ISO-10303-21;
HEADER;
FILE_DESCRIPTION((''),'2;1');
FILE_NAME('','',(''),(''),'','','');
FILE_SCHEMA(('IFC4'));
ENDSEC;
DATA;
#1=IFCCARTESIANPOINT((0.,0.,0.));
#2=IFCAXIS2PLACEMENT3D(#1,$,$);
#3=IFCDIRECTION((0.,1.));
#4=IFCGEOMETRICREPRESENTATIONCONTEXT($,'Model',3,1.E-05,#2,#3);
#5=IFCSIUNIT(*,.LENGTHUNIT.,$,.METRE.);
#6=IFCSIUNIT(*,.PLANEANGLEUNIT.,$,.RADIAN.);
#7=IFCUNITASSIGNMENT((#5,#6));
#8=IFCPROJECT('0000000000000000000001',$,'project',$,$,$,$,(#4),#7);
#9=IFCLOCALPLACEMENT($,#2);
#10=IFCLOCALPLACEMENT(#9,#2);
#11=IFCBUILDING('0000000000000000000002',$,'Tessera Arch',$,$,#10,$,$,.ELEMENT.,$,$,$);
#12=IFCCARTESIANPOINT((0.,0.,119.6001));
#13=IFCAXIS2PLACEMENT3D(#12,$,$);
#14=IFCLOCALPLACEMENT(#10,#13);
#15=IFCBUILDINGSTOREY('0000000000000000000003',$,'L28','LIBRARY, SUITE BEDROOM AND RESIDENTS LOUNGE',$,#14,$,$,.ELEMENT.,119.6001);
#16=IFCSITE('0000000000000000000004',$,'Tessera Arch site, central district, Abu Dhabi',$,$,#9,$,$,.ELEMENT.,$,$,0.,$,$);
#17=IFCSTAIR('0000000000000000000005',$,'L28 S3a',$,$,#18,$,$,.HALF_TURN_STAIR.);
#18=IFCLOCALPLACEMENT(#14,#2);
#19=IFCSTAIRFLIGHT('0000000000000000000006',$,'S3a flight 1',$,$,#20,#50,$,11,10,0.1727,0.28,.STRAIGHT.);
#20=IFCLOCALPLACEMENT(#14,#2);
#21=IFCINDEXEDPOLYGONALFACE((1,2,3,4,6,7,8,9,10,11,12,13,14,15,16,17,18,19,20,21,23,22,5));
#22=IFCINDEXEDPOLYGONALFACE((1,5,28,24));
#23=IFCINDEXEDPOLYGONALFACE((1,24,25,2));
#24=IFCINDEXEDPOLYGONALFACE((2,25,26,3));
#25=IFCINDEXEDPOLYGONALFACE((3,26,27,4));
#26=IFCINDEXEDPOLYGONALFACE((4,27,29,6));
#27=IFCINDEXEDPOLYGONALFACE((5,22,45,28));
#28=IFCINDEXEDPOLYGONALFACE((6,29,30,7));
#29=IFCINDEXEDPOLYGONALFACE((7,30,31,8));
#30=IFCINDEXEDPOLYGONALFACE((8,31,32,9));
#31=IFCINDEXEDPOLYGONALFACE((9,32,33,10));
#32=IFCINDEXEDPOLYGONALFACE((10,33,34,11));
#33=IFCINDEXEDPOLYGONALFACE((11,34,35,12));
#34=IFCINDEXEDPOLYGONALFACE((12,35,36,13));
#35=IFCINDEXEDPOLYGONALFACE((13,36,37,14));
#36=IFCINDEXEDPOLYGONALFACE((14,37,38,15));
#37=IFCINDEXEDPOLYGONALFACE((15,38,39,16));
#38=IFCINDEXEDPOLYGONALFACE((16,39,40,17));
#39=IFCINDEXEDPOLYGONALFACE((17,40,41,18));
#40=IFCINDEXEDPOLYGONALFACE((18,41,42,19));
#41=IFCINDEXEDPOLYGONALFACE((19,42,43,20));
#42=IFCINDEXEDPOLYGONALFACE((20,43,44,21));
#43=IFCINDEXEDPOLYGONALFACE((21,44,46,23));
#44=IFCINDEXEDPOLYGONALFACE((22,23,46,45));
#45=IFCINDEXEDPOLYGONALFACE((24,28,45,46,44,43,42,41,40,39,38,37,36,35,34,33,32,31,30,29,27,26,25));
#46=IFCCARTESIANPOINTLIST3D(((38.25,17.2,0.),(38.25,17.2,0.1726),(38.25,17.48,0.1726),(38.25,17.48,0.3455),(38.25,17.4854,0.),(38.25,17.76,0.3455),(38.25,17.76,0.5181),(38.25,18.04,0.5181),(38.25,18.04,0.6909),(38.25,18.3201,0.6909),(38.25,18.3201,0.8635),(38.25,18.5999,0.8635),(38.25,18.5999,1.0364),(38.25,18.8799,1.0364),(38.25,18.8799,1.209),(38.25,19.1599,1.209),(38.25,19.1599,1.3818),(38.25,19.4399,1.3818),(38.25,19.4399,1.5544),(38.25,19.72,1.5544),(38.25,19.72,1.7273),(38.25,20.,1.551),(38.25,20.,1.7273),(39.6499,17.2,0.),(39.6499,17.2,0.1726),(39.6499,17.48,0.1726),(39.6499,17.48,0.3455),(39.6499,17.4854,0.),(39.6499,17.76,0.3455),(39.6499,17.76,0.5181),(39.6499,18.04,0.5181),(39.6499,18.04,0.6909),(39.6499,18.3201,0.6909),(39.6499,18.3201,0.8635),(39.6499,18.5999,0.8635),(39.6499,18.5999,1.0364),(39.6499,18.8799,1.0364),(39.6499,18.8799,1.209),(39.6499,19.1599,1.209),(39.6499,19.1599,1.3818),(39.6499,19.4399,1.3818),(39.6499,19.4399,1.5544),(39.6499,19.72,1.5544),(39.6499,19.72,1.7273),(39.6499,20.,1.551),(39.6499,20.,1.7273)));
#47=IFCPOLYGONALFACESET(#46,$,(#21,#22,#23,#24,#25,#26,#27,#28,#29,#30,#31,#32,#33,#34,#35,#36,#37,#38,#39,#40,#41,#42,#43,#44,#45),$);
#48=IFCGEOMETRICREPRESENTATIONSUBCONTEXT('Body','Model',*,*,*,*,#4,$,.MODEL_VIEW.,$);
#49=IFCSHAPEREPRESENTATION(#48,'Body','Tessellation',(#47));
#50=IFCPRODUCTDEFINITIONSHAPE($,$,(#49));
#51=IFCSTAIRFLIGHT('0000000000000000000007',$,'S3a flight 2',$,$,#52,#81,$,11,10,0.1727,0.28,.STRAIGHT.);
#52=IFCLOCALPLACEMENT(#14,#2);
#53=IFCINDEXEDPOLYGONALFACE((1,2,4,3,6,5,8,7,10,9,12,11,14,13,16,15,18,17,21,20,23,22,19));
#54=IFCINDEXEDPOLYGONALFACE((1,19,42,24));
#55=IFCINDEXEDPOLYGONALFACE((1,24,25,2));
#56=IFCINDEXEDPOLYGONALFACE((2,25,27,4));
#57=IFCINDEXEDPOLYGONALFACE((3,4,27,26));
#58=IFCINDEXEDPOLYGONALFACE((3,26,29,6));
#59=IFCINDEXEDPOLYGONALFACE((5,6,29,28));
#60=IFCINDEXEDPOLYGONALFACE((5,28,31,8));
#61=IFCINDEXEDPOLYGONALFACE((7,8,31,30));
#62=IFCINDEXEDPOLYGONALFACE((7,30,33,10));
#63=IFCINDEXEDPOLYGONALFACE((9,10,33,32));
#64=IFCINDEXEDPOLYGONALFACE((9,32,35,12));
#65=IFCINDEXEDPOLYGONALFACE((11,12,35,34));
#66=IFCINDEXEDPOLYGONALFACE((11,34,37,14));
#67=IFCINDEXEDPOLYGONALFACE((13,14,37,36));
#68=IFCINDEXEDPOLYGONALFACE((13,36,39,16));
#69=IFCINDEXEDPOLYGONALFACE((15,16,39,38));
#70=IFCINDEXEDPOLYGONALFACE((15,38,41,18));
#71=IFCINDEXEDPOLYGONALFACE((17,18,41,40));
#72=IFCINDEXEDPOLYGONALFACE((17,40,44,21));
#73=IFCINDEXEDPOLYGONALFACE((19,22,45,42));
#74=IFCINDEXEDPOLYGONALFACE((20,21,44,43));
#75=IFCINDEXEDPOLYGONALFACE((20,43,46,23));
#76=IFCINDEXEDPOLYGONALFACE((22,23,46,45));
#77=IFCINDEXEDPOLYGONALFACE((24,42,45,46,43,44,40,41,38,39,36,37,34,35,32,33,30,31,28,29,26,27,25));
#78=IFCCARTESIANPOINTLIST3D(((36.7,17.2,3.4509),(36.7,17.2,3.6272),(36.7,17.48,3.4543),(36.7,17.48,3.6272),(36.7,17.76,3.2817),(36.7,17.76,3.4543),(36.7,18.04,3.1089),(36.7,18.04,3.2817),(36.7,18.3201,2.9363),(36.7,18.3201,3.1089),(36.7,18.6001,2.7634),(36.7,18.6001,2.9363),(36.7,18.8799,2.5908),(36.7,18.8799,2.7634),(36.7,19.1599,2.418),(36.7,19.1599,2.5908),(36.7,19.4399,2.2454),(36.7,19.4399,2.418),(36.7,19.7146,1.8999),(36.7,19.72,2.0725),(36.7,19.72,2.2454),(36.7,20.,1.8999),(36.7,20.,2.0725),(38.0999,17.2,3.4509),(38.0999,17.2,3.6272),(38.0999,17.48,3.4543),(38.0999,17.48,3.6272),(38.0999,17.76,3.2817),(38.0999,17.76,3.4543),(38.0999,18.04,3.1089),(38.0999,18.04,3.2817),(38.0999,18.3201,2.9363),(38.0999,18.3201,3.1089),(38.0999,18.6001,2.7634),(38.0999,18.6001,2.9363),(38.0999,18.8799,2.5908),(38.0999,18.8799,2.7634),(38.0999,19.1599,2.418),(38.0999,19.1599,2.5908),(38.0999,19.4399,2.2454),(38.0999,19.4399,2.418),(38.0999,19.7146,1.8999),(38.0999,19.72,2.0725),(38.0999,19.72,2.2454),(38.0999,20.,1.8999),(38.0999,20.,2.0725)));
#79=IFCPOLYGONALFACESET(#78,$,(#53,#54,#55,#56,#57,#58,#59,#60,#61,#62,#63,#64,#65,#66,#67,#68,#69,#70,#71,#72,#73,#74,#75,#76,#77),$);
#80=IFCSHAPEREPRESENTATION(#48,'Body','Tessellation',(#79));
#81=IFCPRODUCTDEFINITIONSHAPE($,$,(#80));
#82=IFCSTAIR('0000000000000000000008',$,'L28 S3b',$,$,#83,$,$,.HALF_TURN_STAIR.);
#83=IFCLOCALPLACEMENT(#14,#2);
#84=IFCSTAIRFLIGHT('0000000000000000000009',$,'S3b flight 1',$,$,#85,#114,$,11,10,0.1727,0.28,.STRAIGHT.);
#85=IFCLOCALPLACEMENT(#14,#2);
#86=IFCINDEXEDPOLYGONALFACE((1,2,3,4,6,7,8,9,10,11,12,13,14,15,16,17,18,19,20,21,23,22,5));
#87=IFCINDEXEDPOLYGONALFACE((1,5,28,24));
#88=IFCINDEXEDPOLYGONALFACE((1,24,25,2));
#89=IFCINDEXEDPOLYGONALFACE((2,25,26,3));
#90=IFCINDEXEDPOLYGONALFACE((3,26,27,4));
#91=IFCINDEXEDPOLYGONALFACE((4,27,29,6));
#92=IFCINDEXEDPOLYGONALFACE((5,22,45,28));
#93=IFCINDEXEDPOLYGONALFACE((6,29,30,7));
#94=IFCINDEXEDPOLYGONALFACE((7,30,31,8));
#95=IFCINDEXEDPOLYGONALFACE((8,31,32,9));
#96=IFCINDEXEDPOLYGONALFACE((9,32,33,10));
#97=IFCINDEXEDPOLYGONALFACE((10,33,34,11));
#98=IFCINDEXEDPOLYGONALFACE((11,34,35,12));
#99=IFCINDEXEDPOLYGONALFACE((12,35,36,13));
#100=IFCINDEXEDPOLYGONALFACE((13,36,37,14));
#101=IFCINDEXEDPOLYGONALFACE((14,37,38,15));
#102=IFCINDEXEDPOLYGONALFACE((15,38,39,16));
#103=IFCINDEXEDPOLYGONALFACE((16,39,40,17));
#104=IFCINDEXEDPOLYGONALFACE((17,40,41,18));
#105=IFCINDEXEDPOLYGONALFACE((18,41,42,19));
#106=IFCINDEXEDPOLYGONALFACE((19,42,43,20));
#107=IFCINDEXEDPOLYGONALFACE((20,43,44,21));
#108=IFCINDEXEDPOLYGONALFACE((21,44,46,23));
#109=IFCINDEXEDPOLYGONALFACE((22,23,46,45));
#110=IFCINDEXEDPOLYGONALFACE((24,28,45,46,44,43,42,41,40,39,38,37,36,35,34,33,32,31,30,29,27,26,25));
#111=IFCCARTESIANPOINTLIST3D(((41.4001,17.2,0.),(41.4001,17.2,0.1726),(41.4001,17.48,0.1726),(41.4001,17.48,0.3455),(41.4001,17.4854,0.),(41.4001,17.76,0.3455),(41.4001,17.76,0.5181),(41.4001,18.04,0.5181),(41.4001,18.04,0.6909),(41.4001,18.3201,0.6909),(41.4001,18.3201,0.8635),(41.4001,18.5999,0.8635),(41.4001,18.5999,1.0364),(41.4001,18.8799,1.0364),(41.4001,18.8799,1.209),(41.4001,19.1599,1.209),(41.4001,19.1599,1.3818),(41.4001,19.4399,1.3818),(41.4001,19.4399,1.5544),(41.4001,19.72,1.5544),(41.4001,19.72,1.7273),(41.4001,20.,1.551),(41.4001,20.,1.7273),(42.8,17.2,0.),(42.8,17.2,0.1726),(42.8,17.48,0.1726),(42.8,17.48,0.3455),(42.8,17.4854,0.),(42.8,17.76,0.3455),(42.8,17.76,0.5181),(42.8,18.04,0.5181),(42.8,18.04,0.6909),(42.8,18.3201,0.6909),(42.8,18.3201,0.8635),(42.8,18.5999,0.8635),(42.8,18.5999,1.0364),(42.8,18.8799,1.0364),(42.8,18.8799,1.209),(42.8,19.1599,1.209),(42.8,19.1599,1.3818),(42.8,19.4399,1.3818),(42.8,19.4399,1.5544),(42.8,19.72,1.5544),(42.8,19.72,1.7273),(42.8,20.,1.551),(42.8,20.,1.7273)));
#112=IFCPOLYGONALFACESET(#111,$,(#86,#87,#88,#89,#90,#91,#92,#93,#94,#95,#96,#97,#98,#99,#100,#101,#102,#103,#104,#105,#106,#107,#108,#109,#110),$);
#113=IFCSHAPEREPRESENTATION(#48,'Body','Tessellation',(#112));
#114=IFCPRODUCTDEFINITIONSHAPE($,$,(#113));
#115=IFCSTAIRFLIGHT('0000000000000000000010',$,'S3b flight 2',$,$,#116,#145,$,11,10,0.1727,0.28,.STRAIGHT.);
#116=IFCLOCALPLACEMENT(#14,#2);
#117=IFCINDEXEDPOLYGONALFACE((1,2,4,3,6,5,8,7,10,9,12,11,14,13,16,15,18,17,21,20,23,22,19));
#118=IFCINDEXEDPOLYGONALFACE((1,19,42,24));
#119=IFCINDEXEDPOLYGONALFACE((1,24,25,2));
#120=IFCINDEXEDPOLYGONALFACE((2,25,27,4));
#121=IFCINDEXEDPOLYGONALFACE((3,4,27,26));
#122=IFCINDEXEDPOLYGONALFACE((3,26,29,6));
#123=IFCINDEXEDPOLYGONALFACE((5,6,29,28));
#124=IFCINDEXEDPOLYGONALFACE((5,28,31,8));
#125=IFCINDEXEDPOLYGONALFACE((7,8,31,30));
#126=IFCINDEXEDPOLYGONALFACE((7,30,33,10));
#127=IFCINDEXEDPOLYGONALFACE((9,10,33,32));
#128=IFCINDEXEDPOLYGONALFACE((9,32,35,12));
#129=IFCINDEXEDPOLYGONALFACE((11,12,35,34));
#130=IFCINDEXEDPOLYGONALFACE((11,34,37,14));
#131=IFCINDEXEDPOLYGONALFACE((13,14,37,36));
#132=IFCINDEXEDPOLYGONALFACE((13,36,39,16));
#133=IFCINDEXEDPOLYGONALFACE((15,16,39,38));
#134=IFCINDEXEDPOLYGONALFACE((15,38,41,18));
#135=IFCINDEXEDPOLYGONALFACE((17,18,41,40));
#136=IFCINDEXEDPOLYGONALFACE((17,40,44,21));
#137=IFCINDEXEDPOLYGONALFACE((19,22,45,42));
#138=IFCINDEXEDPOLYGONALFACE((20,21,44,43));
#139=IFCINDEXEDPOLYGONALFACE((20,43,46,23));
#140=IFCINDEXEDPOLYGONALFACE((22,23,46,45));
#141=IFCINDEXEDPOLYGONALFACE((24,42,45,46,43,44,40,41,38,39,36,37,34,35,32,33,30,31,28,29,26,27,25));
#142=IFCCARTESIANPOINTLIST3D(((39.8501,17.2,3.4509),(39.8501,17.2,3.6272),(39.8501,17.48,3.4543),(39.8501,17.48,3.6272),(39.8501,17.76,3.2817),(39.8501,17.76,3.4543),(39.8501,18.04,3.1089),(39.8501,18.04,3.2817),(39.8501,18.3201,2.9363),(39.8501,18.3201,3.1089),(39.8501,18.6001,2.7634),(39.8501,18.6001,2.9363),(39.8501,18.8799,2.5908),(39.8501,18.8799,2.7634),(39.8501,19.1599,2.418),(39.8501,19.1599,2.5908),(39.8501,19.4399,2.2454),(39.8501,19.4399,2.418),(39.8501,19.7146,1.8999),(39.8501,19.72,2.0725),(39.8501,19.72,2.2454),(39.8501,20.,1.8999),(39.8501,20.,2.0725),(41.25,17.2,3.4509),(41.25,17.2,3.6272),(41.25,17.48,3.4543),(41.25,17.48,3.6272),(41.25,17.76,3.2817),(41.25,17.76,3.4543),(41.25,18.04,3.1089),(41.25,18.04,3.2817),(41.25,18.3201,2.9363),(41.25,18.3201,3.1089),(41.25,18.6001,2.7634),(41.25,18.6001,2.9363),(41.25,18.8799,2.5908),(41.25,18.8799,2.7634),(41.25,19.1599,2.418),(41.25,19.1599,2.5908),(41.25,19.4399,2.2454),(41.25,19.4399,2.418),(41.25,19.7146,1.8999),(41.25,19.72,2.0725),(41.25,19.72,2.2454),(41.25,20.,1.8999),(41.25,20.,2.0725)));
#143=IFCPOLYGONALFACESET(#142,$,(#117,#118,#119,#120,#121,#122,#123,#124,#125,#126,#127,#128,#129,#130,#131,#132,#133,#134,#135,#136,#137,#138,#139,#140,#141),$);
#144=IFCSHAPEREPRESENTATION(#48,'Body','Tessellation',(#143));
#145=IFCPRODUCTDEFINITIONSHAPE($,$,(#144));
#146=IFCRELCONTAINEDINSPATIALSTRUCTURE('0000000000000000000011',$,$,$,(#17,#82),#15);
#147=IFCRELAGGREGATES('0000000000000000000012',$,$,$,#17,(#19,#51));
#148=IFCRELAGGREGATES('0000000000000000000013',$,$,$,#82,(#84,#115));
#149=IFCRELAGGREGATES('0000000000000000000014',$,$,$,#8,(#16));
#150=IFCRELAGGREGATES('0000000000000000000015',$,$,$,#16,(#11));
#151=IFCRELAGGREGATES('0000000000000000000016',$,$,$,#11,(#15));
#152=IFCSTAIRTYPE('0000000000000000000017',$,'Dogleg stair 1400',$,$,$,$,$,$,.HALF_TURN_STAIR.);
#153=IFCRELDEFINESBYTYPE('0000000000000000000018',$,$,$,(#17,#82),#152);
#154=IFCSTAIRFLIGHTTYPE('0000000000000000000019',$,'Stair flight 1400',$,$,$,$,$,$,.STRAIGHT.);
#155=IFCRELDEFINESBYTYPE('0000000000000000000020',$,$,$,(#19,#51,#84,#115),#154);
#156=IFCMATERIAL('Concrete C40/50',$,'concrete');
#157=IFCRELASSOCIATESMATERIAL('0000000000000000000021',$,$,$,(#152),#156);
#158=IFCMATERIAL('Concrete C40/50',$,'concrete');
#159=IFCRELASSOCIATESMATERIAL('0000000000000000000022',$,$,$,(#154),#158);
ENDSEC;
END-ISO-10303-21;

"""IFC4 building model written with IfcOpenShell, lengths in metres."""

from ifc_helpers import new_model, si_unit, direction, frame, origin, place, context, subcontext, project, spatial, polyline, outline, extrude, material, type_object, element, aggregate, save


model = new_model("IFC4")

# Units and contexts
model_context = context("Model", 3, precision=1e-05, world=origin(), true_north=direction((0.0, 1.0)))
body_context = subcontext(model_context, "Body", "Model", "MODEL_VIEW")
ifc_project = project(units=[si_unit("LENGTHUNIT", "METRE"), si_unit("PLANEANGLEUNIT", "RADIAN")], contexts=[model_context])

# Site, building, storey
site_placement = place(None, origin())
site = spatial("IfcSite", under=ifc_project, at=site_placement, Name="Tessera Arch site, central district, Abu Dhabi", CompositionType="ELEMENT", RefElevation=0.0)
building_placement = place(site_placement, origin())
building = spatial("IfcBuilding", under=site, at=building_placement, Name="Tessera Arch", CompositionType="ELEMENT")
storey_placement = place(building_placement, frame((0.0, 0.0, 119.6001)))
storey = spatial("IfcBuildingStorey", under=building, at=storey_placement, Name="L28", Description="LIBRARY, SUITE BEDROOM AND RESIDENTS LOUNGE", CompositionType="ELEMENT", Elevation=119.6001)

# Stairs, stair flights
ifc_material_1 = material(Name="Concrete C40/50", Category="concrete")
stair_type = type_object("IfcStairType", Name="Dogleg stair 1400", PredefinedType="HALF_TURN_STAIR", material=ifc_material_1)
stair_1_placement = place(storey_placement, origin())
stair_1 = element("IfcStair", 1, at=stair_1_placement, inside=storey, type_object=stair_type, Name="L28 S3a", PredefinedType="HALF_TURN_STAIR")
ifc_material_2 = material(Name="Concrete C40/50", Category="concrete")
stair_flight_type = type_object("IfcStairFlightType", Name="Stair flight 1400", PredefinedType="STRAIGHT", material=ifc_material_2)
stair_flight_1_placement = place(storey_placement, frame((38.95, 17.2, 0.0), z_axis=(0.0, 0.0, 1.0), x_axis=(0.0, 1.0, 0.0)))
stair_flight_1 = element("IfcStairFlight", 2, at=stair_flight_1_placement, type_object=stair_flight_type, Name="S3a flight 1", NumberOfRisers=11, NumberOfTreads=10, PredefinedType="STRAIGHT", RiserHeight=0.1727, TreadLength=0.28, context=body_context, shape_type="SweptSolid", body=[
    extrude(outline(polyline([(0.0, 0.0), (0.0, 0.1726), (0.28, 0.1726), (0.28, 0.3455), (0.5601, 0.3455), (0.5601, 0.5181), (0.8401, 0.5181), (0.8401, 0.6909), (1.1201, 0.6909), (1.1201, 0.8635), (1.3999, 0.8635), (1.3999, 1.0364), (1.6799, 1.0364), (1.6799, 1.209), (1.96, 1.209), (1.96, 1.3818), (2.24, 1.3818), (2.24, 1.5544), (2.52, 1.5544), (2.52, 1.7273), (2.8, 1.7273), (2.8, 1.8999), (2.8, 1.551), (0.2854, 0.0), (0.0, 0.0)])), frame((0.0, 0.7, 0.0), z_axis=(0.0, -1.0, 0.0), x_axis=(1.0, 0.0, 0.0)), (0.0, 0.0, 1.0), 1.3999),
])
stair_flight_2_placement = place(storey_placement, frame((37.3999, 20.0, 1.8999), z_axis=(0.0, 0.0, 1.0), x_axis=(0.0, -1.0, 0.0)))
stair_flight_2 = element("IfcStairFlight", 3, at=stair_flight_2_placement, type_object=stair_flight_type, Name="S3a flight 2", NumberOfRisers=11, NumberOfTreads=10, PredefinedType="STRAIGHT", RiserHeight=0.1727, TreadLength=0.28, context=body_context, shape_type="SweptSolid", body=[
    extrude(outline(polyline([(0.0, 0.0), (0.0, 0.1726), (0.28, 0.1726), (0.28, 0.3455), (0.5601, 0.3455), (0.5601, 0.5181), (0.8401, 0.5181), (0.8401, 0.6909), (1.1201, 0.6909), (1.1201, 0.8635), (1.3999, 0.8635), (1.3999, 1.0364), (1.6799, 1.0364), (1.6799, 1.209), (1.96, 1.209), (1.96, 1.3818), (2.24, 1.3818), (2.24, 1.5544), (2.52, 1.5544), (2.52, 1.7273), (2.8, 1.7273), (2.8, 1.8999), (2.8, 1.551), (0.2854, 0.0), (0.0, 0.0)])), frame((0.0, 0.7, 0.0), z_axis=(0.0, -1.0, 0.0), x_axis=(1.0, 0.0, 0.0)), (0.0, 0.0, 1.0), 1.3999),
])
aggregate(stair_1, [stair_flight_1, stair_flight_2])
stair_2_placement = place(storey_placement, origin())
stair_2 = element("IfcStair", 4, at=stair_2_placement, inside=storey, type_object=stair_type, Name="L28 S3b", PredefinedType="HALF_TURN_STAIR")
stair_flight_3_placement = place(storey_placement, frame((42.1001, 17.2, 0.0), z_axis=(0.0, 0.0, 1.0), x_axis=(0.0, 1.0, 0.0)))
stair_flight_3 = element("IfcStairFlight", 5, at=stair_flight_3_placement, type_object=stair_flight_type, Name="S3b flight 1", NumberOfRisers=11, NumberOfTreads=10, PredefinedType="STRAIGHT", RiserHeight=0.1727, TreadLength=0.28, context=body_context, shape_type="SweptSolid", body=[
    extrude(outline(polyline([(0.0, 0.0), (0.0, 0.1726), (0.28, 0.1726), (0.28, 0.3455), (0.5601, 0.3455), (0.5601, 0.5181), (0.8401, 0.5181), (0.8401, 0.6909), (1.1201, 0.6909), (1.1201, 0.8635), (1.3999, 0.8635), (1.3999, 1.0364), (1.6799, 1.0364), (1.6799, 1.209), (1.96, 1.209), (1.96, 1.3818), (2.24, 1.3818), (2.24, 1.5544), (2.52, 1.5544), (2.52, 1.7273), (2.8, 1.7273), (2.8, 1.8999), (2.8, 1.551), (0.2854, 0.0), (0.0, 0.0)])), frame((0.0, 0.7, 0.0), z_axis=(0.0, -1.0, 0.0), x_axis=(1.0, 0.0, 0.0)), (0.0, 0.0, 1.0), 1.3999),
])
stair_flight_4_placement = place(storey_placement, frame((40.55, 20.0, 1.8999), z_axis=(0.0, 0.0, 1.0), x_axis=(0.0, -1.0, 0.0)))
stair_flight_4 = element("IfcStairFlight", 6, at=stair_flight_4_placement, type_object=stair_flight_type, Name="S3b flight 2", NumberOfRisers=11, NumberOfTreads=10, PredefinedType="STRAIGHT", RiserHeight=0.1727, TreadLength=0.28, context=body_context, shape_type="SweptSolid", body=[
    extrude(outline(polyline([(0.0, 0.0), (0.0, 0.1726), (0.28, 0.1726), (0.28, 0.3455), (0.5601, 0.3455), (0.5601, 0.5181), (0.8401, 0.5181), (0.8401, 0.6909), (1.1201, 0.6909), (1.1201, 0.8635), (1.3999, 0.8635), (1.3999, 1.0364), (1.6799, 1.0364), (1.6799, 1.209), (1.96, 1.209), (1.96, 1.3818), (2.24, 1.3818), (2.24, 1.5544), (2.52, 1.5544), (2.52, 1.7273), (2.8, 1.7273), (2.8, 1.8999), (2.8, 1.551), (0.2854, 0.0), (0.0, 0.0)])), frame((0.0, 0.7, 0.0), z_axis=(0.0, -1.0, 0.0), x_axis=(1.0, 0.0, 0.0)), (0.0, 0.0, 1.0), 1.3999),
])
aggregate(stair_2, [stair_flight_3, stair_flight_4])

save(model, "model.ifc")
